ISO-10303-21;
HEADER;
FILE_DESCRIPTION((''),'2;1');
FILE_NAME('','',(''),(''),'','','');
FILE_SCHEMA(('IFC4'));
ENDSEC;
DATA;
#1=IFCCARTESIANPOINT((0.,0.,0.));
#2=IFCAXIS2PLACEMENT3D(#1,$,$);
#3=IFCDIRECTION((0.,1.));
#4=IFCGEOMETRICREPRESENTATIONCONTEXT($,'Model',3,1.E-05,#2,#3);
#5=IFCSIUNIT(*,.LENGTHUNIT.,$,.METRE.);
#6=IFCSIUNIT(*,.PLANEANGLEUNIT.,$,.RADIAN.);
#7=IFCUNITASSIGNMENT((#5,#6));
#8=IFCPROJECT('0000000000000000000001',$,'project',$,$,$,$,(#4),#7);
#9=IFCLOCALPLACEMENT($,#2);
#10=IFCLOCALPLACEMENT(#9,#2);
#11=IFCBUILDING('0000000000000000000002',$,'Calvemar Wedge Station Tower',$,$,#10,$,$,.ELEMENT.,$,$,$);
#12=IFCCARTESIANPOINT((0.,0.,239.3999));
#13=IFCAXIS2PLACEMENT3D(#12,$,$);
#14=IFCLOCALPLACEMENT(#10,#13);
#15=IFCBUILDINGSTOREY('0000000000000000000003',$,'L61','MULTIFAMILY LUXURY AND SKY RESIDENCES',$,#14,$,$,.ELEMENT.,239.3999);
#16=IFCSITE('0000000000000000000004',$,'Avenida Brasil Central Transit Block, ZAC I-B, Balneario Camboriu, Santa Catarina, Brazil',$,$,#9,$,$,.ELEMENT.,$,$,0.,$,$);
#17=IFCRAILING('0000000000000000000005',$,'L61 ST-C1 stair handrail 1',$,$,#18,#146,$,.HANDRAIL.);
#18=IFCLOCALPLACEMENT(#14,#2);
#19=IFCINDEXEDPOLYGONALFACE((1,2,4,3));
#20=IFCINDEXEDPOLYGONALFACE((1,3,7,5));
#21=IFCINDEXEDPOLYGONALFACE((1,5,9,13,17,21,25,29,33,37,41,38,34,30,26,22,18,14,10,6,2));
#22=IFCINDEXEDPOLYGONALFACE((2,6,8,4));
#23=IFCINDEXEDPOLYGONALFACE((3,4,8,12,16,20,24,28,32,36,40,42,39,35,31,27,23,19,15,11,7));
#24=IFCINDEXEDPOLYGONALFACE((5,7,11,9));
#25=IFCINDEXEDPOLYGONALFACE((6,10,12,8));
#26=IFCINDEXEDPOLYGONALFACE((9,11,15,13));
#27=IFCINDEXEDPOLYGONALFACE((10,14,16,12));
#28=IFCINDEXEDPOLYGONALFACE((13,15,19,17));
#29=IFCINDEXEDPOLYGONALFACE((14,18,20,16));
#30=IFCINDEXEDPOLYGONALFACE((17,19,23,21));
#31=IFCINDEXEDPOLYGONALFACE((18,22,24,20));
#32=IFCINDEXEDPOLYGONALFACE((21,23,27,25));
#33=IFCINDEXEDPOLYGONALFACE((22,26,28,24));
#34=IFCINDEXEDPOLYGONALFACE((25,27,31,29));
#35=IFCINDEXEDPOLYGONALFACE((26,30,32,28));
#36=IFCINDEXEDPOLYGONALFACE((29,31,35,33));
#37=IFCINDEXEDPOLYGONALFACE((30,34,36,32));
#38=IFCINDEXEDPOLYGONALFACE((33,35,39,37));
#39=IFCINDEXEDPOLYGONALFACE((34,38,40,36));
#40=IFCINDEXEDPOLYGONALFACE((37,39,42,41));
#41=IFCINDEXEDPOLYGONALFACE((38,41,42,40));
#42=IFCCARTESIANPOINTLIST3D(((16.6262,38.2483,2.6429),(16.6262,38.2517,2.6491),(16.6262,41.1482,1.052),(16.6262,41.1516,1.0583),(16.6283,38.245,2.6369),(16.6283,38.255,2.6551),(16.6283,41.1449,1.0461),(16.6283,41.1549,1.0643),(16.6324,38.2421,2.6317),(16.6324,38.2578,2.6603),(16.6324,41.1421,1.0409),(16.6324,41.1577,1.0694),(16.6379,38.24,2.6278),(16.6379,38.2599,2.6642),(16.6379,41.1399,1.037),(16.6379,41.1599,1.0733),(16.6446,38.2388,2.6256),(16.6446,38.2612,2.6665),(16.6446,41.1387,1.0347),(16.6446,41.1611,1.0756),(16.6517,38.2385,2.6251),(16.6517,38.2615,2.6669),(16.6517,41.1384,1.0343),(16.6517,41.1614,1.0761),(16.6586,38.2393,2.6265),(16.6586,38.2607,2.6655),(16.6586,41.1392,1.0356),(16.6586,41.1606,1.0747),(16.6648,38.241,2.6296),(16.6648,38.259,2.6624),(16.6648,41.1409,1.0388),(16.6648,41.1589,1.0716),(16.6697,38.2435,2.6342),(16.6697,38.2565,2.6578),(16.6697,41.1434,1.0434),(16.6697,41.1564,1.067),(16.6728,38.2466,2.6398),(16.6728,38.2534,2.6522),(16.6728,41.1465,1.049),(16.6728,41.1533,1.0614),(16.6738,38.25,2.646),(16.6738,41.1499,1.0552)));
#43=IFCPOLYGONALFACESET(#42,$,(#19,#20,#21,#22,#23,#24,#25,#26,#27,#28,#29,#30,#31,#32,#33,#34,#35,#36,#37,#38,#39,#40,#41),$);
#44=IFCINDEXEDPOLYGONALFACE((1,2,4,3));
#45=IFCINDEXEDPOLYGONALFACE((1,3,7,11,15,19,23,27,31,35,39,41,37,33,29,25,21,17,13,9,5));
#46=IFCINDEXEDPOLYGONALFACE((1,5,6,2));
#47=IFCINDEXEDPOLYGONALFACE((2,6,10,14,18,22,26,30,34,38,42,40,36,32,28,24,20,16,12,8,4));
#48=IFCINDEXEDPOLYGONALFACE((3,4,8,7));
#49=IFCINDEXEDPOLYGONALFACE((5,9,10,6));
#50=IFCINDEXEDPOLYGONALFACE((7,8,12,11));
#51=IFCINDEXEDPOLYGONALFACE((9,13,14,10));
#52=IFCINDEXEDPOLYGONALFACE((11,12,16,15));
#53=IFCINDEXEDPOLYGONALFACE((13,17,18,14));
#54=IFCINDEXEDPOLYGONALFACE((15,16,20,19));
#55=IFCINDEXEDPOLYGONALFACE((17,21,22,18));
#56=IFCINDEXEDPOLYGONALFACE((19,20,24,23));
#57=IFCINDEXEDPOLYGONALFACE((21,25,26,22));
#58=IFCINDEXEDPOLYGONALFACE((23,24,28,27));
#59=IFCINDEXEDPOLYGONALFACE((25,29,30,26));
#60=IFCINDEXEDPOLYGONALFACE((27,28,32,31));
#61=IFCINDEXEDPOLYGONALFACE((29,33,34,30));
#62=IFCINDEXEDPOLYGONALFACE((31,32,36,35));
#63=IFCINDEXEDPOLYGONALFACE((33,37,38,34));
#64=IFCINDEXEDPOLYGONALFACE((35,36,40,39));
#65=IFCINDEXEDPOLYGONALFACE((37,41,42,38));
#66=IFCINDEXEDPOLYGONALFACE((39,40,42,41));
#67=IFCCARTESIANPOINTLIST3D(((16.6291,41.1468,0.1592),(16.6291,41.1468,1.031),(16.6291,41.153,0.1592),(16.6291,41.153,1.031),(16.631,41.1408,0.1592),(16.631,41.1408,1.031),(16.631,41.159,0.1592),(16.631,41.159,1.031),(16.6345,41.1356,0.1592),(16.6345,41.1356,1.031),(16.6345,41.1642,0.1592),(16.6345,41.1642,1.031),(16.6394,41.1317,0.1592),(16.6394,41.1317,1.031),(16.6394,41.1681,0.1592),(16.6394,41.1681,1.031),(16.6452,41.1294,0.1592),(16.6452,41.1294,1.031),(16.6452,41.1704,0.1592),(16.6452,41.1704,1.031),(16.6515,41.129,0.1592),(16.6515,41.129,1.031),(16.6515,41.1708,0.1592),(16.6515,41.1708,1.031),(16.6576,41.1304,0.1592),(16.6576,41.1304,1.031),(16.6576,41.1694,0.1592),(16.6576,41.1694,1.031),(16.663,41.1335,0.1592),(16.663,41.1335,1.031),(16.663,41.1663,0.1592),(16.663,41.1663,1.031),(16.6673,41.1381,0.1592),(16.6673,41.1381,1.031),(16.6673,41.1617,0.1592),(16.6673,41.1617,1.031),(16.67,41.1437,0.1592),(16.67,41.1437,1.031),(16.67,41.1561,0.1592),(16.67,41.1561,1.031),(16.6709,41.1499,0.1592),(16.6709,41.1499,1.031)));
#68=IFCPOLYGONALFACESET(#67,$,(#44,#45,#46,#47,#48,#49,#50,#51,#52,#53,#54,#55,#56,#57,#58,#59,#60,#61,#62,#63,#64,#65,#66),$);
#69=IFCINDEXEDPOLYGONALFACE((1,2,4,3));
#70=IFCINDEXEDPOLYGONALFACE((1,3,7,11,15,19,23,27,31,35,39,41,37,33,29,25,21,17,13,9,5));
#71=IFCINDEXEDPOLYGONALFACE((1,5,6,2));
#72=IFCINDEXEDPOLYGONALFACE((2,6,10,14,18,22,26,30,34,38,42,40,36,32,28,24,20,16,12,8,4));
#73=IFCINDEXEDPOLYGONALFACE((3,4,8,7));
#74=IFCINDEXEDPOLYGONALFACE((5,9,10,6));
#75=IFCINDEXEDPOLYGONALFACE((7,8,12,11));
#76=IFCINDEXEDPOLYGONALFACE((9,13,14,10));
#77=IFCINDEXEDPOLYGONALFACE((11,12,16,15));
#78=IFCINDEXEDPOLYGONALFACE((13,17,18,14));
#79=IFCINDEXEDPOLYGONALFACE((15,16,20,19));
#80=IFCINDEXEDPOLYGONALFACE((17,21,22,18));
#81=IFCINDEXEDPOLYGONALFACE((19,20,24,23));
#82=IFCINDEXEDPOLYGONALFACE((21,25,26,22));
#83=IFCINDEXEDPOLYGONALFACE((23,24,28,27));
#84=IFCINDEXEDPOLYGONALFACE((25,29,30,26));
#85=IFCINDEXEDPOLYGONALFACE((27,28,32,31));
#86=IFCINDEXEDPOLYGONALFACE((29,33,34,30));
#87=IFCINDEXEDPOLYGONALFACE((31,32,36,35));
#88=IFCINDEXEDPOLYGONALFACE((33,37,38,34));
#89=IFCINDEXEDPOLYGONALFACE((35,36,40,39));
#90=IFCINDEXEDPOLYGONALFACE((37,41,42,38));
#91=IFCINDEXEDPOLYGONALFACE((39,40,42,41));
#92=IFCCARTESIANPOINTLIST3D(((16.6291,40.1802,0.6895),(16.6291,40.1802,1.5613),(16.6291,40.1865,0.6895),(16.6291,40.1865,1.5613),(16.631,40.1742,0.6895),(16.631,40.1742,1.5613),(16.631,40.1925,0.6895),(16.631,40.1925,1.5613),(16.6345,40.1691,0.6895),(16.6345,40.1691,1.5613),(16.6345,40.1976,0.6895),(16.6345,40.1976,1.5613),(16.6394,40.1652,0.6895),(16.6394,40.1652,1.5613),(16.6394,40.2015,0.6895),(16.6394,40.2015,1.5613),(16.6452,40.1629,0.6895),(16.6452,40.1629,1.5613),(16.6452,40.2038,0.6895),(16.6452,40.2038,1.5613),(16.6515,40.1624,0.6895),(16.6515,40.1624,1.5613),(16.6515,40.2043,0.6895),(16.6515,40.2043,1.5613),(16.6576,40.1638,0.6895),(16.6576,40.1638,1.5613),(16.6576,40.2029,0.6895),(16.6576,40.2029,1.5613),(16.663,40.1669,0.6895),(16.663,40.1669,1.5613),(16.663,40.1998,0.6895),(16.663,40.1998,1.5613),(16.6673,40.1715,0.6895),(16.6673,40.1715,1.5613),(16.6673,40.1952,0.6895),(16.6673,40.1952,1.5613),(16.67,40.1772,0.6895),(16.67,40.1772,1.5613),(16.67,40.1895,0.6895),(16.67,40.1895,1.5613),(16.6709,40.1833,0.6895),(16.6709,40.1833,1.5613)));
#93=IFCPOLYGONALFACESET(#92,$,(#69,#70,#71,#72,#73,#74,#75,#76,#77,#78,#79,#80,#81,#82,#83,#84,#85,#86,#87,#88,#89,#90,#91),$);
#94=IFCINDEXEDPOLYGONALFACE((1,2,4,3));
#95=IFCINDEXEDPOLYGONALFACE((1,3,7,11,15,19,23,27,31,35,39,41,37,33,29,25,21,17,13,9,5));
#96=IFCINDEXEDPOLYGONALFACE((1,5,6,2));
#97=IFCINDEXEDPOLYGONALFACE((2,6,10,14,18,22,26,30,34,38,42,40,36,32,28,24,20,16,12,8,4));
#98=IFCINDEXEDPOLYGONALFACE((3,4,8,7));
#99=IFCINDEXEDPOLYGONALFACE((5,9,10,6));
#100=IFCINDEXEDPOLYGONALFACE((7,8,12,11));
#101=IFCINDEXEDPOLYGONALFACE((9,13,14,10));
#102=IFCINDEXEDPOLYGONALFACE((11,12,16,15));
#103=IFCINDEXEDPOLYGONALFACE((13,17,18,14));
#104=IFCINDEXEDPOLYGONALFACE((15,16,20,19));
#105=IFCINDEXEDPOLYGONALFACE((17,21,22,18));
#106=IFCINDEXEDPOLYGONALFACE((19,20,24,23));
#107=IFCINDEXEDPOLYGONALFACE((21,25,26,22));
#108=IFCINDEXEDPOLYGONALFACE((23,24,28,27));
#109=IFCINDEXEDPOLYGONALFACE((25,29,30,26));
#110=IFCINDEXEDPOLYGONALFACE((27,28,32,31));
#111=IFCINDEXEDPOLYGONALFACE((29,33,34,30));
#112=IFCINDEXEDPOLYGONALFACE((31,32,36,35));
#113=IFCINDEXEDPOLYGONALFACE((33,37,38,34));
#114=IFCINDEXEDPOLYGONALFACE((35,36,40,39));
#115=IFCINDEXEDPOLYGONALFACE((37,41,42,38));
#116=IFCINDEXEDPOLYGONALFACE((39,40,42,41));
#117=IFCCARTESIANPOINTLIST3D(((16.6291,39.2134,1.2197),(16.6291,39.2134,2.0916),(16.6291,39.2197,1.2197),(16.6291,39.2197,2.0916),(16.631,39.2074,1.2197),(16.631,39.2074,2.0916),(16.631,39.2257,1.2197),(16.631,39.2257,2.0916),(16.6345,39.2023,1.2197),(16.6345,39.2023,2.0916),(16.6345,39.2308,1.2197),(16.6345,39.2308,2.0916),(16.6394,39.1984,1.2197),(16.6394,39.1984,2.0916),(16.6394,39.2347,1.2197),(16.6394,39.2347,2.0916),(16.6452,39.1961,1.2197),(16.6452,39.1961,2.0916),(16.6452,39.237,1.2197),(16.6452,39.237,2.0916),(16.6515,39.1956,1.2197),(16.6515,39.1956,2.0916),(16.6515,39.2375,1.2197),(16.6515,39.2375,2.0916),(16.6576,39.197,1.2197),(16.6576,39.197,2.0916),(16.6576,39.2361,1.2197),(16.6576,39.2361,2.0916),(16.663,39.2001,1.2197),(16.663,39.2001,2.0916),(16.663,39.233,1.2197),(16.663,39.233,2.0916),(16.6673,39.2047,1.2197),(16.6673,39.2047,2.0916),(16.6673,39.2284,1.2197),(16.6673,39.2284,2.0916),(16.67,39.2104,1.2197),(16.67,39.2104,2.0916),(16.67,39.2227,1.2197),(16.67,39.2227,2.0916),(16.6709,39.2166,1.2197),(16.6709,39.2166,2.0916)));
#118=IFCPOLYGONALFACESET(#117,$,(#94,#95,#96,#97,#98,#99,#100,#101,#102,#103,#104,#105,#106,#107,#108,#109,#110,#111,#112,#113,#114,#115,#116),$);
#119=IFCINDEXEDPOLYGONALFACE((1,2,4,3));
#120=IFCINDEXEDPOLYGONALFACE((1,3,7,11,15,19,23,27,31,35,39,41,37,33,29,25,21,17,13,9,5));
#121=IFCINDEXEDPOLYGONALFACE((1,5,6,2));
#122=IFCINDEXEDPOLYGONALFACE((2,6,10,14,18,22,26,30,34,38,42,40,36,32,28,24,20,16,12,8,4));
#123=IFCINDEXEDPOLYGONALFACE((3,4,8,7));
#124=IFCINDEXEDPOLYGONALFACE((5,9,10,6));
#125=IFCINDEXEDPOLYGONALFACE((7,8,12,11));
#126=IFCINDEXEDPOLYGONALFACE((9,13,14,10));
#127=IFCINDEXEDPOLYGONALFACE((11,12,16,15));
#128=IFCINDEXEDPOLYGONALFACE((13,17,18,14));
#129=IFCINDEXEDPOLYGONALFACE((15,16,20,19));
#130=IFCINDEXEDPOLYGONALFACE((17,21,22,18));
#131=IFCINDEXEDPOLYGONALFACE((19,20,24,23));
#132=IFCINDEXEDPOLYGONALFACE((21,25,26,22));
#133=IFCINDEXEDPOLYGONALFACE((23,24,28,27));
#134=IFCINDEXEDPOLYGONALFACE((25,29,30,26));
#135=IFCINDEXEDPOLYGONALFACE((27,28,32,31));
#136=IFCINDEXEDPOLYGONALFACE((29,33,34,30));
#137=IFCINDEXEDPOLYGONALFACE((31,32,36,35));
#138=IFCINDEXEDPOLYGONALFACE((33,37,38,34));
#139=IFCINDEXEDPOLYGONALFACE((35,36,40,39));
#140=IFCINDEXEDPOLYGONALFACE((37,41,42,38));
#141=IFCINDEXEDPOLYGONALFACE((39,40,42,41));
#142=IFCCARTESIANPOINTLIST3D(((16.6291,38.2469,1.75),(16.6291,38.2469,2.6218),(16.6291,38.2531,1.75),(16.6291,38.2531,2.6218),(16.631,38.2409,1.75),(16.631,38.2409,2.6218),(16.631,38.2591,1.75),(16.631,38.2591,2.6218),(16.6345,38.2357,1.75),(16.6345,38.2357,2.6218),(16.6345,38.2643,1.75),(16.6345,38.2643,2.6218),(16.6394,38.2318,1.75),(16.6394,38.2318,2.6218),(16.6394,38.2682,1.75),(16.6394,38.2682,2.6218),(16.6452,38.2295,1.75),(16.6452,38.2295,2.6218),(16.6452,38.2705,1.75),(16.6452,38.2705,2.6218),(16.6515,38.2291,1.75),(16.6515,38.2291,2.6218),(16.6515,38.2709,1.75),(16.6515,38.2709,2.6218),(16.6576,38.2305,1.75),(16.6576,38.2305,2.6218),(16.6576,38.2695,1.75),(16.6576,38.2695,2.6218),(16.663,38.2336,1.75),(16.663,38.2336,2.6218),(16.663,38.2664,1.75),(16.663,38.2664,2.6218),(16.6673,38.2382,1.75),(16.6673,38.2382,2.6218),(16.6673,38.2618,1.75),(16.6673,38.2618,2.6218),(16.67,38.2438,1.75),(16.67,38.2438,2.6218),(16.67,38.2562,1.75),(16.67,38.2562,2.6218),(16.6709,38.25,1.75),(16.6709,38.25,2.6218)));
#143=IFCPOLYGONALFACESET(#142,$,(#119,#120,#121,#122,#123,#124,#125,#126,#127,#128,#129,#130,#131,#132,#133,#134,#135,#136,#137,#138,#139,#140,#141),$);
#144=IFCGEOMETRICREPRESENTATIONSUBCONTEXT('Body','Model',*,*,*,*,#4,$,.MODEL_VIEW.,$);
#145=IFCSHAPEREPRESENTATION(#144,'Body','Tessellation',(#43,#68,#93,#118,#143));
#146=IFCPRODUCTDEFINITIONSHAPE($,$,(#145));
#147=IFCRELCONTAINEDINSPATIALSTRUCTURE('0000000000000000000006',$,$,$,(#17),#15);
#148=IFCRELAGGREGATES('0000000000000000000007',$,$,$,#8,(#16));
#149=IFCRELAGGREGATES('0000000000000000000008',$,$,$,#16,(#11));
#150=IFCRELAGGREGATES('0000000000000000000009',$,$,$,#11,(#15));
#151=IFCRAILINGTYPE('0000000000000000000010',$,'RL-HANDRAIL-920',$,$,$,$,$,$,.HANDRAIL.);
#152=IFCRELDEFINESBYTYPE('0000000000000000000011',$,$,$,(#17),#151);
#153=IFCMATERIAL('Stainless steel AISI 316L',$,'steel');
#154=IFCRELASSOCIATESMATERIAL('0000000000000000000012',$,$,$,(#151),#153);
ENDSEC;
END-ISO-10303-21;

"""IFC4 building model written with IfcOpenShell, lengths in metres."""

from ifc_helpers import new_model, si_unit, direction, frame, origin, origin_2d, place, context, subcontext, project, spatial, circle, extrude, material, type_object, element, save


model = new_model("IFC4")

# Units and contexts
model_context = context("Model", 3, precision=1e-05, world=origin(), true_north=direction((0.0, 1.0)))
body_context = subcontext(model_context, "Body", "Model", "MODEL_VIEW")
ifc_project = project(units=[si_unit("LENGTHUNIT", "METRE"), si_unit("PLANEANGLEUNIT", "RADIAN")], contexts=[model_context])

# Site, building, storey
site_placement = place(None, origin())
site = spatial("IfcSite", under=ifc_project, at=site_placement, Name="Avenida Brasil Central Transit Block, ZAC I-B, Balneario Camboriu, Santa Catarina, Brazil", CompositionType="ELEMENT", RefElevation=0.0)
building_placement = place(site_placement, origin())
building = spatial("IfcBuilding", under=site, at=building_placement, Name="Calvemar Wedge Station Tower", CompositionType="ELEMENT")
storey_placement = place(building_placement, frame((0.0, 0.0, 239.3999)))
storey = spatial("IfcBuildingStorey", under=building, at=storey_placement, Name="L61", Description="MULTIFAMILY LUXURY AND SKY RESIDENCES", CompositionType="ELEMENT", Elevation=239.3999)

# Railing
ifc_material_1 = material(Name="Stainless steel AISI 316L", Category="steel")
railing_type_1 = type_object("IfcRailingType", Name="RL-HANDRAIL-920", PredefinedType="HANDRAIL", material=ifc_material_1)
railing_1_placement = place(storey_placement, frame((16.6499, 41.1499, 0.1592)))
element("IfcRailing", 1, at=railing_1_placement, inside=storey, type_object=railing_type_1, Name="L61 ST-C1 stair handrail 1", PredefinedType="HANDRAIL", context=body_context, shape_type="SweptSolid", body=[
    extrude(circle(Radius=0.0239, at=origin_2d()), frame((0.0, 0.0, 0.896), z_axis=(0.0, -0.876742, 0.480961), x_axis=(1.0, 0.0, 0.0)), (0.0, 0.0, 1.0), 3.3076),
    extrude(circle(Radius=0.021, at=origin_2d()), origin(), (0.0, 0.0, 1.0), 0.8718),
    extrude(circle(Radius=0.021, at=origin_2d()), frame((0.0, -0.9666, 0.5303)), (0.0, 0.0, 1.0), 0.8718),
    extrude(circle(Radius=0.021, at=origin_2d()), frame((0.0, -1.9333, 1.0605)), (0.0, 0.0, 1.0), 0.8718),
    extrude(circle(Radius=0.021, at=origin_2d()), frame((0.0, -2.8999, 1.5908)), (0.0, 0.0, 1.0), 0.8718),
])

save(model, "model.ifc")
